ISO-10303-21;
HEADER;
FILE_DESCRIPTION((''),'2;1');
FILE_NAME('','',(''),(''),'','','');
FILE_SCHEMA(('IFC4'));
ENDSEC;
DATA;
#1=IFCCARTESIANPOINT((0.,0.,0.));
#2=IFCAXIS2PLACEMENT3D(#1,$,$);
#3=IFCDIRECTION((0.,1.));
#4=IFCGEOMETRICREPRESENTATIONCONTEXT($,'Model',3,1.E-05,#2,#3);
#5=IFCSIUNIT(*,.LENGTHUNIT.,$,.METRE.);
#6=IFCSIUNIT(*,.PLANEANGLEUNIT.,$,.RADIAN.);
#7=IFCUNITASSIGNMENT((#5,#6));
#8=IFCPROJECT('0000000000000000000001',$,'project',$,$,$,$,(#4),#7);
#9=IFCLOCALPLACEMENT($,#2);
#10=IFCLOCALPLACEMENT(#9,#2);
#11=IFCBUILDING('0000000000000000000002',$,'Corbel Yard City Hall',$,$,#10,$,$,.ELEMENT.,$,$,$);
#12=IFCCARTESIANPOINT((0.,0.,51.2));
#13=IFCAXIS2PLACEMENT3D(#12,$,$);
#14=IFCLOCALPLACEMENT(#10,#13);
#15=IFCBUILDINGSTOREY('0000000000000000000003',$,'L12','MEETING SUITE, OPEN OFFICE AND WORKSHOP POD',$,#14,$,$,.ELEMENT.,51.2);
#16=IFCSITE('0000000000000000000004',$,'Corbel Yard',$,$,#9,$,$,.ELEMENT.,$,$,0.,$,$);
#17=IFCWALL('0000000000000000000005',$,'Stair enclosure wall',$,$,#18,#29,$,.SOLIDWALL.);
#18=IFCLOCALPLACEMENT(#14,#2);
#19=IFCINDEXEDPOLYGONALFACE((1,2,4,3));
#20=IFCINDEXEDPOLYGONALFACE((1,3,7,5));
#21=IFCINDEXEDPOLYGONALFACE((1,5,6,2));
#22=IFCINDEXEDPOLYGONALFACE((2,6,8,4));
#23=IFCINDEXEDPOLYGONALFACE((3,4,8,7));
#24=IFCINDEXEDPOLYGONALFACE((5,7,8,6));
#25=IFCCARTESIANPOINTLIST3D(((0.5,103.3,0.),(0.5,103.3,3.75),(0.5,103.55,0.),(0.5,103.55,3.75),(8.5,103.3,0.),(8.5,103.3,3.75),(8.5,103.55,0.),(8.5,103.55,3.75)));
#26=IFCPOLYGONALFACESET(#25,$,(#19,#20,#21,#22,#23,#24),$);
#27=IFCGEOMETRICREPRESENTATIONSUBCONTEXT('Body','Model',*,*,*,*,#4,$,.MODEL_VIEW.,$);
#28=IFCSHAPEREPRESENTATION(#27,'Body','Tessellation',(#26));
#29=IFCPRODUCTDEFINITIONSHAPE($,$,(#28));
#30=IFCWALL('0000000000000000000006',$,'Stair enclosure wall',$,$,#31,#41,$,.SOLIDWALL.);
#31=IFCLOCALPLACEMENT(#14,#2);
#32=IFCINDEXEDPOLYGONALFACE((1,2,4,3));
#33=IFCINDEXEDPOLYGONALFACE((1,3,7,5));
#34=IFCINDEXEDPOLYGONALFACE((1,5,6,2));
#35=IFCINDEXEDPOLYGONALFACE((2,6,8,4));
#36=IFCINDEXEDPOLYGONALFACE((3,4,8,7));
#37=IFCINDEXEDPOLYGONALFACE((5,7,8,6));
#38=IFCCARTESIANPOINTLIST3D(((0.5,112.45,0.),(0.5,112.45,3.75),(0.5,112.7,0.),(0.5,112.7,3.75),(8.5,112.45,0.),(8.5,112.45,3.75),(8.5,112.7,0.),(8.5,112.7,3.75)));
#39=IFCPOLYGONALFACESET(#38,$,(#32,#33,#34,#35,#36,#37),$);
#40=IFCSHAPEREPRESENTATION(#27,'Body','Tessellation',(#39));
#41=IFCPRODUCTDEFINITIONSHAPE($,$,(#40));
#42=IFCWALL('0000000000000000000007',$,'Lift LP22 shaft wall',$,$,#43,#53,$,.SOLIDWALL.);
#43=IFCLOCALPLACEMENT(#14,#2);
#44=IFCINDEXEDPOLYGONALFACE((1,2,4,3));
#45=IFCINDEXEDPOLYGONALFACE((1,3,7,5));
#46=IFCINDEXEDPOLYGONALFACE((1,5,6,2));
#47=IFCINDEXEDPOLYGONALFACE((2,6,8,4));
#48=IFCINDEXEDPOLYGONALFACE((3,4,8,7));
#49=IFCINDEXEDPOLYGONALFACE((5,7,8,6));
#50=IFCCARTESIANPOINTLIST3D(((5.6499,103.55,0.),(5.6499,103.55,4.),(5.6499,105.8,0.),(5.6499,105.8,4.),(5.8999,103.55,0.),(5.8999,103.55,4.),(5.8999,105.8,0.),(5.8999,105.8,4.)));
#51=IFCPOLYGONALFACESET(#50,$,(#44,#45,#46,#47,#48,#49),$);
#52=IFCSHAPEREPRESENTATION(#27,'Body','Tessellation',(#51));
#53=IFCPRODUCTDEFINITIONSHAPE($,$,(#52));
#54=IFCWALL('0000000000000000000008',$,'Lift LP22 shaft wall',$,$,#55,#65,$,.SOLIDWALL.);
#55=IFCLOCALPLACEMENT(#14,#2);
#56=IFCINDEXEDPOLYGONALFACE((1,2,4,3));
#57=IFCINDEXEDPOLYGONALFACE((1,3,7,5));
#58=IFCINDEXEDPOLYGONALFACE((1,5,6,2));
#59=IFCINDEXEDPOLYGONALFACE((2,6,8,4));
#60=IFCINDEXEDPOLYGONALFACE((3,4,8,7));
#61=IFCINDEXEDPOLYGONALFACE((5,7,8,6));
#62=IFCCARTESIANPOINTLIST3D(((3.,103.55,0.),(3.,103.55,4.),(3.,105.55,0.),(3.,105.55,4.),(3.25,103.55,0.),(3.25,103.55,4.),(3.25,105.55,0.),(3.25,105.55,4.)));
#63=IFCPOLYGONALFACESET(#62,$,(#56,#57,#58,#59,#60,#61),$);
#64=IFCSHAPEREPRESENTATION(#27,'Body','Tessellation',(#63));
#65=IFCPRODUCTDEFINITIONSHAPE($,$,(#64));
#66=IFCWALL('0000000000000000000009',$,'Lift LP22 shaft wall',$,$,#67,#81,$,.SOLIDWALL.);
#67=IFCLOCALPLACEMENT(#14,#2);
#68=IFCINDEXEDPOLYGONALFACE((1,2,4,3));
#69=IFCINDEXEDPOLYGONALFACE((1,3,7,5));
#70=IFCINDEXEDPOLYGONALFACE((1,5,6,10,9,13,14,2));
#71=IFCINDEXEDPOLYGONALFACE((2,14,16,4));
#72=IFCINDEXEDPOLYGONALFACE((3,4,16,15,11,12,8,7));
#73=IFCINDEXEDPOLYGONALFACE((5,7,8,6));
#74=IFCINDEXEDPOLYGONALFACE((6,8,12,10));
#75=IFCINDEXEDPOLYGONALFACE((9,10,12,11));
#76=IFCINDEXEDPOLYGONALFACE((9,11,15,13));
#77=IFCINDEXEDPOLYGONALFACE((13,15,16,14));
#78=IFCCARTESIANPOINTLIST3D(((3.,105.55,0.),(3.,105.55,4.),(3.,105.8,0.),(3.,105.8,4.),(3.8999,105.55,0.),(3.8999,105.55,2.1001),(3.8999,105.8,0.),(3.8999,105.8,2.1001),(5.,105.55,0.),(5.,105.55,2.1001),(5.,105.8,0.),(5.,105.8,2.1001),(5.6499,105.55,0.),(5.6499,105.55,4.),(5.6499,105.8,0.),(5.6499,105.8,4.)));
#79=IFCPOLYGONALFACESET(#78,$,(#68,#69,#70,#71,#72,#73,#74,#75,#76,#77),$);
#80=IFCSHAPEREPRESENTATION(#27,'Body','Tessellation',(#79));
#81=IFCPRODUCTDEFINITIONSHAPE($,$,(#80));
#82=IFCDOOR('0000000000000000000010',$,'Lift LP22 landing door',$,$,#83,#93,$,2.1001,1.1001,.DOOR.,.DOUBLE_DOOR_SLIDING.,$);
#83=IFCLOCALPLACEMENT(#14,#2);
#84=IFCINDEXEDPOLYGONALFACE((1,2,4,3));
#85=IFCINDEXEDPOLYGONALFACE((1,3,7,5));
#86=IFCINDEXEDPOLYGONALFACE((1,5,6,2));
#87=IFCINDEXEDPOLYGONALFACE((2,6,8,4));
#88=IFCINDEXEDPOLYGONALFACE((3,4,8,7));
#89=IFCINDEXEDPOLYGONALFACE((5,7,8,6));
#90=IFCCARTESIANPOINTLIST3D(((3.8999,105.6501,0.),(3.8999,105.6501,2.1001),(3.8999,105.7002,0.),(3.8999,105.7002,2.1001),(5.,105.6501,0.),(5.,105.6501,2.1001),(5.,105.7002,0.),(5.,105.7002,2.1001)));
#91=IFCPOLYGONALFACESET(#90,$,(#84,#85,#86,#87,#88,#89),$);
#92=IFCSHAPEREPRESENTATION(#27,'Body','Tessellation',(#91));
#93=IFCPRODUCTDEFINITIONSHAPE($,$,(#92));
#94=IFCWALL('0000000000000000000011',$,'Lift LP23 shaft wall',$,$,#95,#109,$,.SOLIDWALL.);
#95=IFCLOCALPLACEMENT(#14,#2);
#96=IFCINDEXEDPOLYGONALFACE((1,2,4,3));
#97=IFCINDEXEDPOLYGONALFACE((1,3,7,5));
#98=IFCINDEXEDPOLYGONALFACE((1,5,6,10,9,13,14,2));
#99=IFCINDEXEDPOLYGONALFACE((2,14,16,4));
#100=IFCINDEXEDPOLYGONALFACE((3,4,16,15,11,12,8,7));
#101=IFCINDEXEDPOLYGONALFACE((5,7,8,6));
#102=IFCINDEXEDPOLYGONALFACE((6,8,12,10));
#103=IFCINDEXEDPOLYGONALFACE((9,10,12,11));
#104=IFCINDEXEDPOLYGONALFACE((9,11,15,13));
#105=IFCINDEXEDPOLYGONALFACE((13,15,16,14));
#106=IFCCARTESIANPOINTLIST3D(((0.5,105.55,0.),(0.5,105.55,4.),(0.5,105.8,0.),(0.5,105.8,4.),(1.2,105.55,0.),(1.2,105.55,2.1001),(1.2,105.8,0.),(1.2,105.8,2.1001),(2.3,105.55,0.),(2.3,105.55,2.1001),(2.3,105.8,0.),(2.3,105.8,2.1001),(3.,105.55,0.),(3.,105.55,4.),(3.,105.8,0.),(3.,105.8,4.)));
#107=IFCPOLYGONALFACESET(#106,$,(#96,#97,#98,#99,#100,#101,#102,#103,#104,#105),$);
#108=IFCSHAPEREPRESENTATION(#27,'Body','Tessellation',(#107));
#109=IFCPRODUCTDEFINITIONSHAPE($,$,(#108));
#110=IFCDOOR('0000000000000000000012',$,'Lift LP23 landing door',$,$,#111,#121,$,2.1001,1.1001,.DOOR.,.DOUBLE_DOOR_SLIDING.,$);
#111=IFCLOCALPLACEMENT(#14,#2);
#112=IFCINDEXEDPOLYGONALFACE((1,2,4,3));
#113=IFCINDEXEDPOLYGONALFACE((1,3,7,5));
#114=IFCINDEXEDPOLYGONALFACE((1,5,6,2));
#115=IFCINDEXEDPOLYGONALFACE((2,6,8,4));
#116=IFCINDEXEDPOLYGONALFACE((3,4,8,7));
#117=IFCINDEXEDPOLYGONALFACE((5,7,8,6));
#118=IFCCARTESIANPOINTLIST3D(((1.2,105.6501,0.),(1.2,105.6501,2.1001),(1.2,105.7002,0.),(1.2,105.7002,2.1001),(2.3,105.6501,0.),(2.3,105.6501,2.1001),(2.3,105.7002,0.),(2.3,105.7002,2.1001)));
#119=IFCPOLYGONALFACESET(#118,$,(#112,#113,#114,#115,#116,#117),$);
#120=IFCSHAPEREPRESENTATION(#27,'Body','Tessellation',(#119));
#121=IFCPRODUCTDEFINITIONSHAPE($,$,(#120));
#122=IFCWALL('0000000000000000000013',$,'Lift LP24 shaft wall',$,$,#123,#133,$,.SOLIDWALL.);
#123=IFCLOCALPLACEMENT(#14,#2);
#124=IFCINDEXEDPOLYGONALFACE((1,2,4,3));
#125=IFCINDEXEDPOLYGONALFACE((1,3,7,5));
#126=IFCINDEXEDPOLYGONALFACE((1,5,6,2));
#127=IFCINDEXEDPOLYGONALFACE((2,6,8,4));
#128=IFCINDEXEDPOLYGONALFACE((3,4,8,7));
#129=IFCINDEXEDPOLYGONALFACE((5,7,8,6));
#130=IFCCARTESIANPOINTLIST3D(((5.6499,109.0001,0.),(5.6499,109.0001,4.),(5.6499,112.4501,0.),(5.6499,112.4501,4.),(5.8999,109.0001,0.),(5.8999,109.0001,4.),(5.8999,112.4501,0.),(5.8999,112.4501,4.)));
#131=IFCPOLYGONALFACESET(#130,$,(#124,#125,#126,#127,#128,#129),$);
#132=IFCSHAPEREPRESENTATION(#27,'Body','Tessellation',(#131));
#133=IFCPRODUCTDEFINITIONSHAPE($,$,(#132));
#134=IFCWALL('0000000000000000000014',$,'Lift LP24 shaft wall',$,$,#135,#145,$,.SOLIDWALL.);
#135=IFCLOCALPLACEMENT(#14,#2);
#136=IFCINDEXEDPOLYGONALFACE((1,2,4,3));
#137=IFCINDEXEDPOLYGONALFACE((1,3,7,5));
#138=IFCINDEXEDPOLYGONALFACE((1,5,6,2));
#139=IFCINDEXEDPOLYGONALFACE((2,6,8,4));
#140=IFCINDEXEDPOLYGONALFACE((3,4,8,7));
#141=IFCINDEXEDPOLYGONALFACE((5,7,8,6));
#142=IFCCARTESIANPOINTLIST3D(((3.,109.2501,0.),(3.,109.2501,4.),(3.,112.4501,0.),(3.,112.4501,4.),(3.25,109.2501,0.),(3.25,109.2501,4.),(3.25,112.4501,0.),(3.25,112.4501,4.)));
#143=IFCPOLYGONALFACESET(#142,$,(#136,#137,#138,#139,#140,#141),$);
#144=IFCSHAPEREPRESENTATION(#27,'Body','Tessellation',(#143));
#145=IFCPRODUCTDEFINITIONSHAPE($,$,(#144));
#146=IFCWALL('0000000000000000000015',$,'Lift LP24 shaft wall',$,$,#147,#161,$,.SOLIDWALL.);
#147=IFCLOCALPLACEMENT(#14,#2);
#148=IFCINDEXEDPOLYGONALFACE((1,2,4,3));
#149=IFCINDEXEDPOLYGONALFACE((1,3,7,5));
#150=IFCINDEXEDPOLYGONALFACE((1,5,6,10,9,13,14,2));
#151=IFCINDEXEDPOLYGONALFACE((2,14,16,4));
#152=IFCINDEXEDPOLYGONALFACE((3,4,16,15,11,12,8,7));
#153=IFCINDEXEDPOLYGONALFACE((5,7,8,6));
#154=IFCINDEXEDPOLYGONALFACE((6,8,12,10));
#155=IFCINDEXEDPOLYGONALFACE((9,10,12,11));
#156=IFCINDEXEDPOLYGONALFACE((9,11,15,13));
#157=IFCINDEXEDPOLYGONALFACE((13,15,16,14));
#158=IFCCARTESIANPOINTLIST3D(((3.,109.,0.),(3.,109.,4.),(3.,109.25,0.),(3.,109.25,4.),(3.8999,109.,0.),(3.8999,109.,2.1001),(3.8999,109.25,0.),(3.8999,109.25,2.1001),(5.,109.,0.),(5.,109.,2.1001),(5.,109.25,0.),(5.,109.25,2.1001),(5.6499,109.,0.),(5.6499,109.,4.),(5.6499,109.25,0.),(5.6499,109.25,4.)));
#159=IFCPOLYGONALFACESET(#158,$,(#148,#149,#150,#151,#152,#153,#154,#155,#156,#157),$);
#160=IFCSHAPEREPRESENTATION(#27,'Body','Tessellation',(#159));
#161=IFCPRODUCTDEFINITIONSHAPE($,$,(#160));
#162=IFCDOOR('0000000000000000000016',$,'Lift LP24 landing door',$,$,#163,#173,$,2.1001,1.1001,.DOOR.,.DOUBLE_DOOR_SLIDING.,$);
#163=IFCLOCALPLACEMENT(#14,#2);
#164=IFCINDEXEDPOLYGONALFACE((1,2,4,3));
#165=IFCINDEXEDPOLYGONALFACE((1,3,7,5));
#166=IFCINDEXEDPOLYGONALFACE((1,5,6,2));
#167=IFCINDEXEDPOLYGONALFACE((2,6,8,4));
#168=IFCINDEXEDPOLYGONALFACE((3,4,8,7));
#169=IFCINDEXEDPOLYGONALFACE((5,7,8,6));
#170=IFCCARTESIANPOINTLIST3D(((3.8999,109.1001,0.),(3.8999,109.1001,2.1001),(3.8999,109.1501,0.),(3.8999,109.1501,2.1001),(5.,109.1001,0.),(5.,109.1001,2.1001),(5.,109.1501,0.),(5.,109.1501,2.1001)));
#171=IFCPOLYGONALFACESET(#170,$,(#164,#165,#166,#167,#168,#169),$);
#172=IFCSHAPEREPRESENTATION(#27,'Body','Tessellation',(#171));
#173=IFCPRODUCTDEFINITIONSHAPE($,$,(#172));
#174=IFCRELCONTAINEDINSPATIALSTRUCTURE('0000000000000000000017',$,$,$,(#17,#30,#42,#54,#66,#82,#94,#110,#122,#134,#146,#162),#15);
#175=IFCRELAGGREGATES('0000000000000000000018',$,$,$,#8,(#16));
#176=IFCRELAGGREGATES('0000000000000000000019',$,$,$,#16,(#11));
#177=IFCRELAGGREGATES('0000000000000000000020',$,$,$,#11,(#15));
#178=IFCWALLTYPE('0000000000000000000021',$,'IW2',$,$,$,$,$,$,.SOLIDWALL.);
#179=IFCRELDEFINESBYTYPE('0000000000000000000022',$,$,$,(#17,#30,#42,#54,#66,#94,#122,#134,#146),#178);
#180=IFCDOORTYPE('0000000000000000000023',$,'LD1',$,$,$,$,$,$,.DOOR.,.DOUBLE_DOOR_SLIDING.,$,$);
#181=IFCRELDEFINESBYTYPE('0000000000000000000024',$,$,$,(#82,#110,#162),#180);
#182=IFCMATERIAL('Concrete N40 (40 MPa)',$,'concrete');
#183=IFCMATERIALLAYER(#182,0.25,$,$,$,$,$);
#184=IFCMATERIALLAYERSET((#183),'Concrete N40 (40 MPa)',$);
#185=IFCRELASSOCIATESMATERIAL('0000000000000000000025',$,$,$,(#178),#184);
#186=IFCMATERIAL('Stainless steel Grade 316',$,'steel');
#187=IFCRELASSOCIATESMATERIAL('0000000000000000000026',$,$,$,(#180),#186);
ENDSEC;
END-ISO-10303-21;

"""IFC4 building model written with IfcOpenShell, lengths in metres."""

from ifc_helpers import new_model, si_unit, direction, frame, frame_2d, origin, place, context, subcontext, project, spatial, rectangle, extrude, material, layer, layer_set, type_object, element, fill, save


model = new_model("IFC4")

# Units and contexts
model_context = context("Model", 3, precision=1e-05, world=origin(), true_north=direction((0.0, 1.0)))
body_context = subcontext(model_context, "Body", "Model", "MODEL_VIEW")
ifc_project = project(units=[si_unit("LENGTHUNIT", "METRE"), si_unit("PLANEANGLEUNIT", "RADIAN")], contexts=[model_context])

# Site, building, storey
site_placement = place(None, origin())
site = spatial("IfcSite", under=ifc_project, at=site_placement, Name="Corbel Yard", CompositionType="ELEMENT", RefElevation=0.0)
building_placement = place(site_placement, origin())
building = spatial("IfcBuilding", under=site, at=building_placement, Name="Corbel Yard City Hall", CompositionType="ELEMENT")
storey_placement = place(building_placement, frame((0.0, 0.0, 51.2)))
storey = spatial("IfcBuildingStorey", under=building, at=storey_placement, Name="L12", Description="MEETING SUITE, OPEN OFFICE AND WORKSHOP POD", CompositionType="ELEMENT", Elevation=51.2)

# Walls
ifc_material_1 = material(Name="Concrete N40 (40 MPa)", Category="concrete")
ifc_layer_1 = layer(ifc_material_1, 0.25)
ifc_layer_set_1 = layer_set([ifc_layer_1], Name="Concrete N40 (40 MPa)")
wall_type_1 = type_object("IfcWallType", Name="IW2", PredefinedType="SOLIDWALL", material=ifc_layer_set_1)
for number, where, z_axis, x_axis, name in (
    (1, (8.5, 103.425, 0.0), (0.0, 0.0, 1.0), (-1.0, 0.0, 0.0), "Stair enclosure wall"),
    (2, (8.5, 112.575, 0.0), (0.0, 0.0, 1.0), (-1.0, 0.0, 0.0), "Stair enclosure wall"),
):
    element("IfcWall", number, at=place(storey_placement, frame(where, z_axis=z_axis, x_axis=x_axis)), inside=storey, type_object=wall_type_1, Name=name, PredefinedType="SOLIDWALL", context=body_context, shape_type="SweptSolid", body=[
        extrude(rectangle(XDim=8.0, YDim=0.25, at=frame_2d((4.0, 0.0))), origin(), (0.0, 0.0, 1.0), 3.75),
    ])
wall_1_placement = place(storey_placement, frame((5.7749, 103.55, 0.0), z_axis=(0.0, 0.0, 1.0), x_axis=(0.0, 1.0, 0.0)))
element("IfcWall", 3, at=wall_1_placement, inside=storey, type_object=wall_type_1, Name="Lift LP22 shaft wall", PredefinedType="SOLIDWALL", context=body_context, shape_type="SweptSolid", body=[
    extrude(rectangle(XDim=2.25, YDim=0.25, at=frame_2d((1.125, 0.0))), origin(), (0.0, 0.0, 1.0), 4.0),
])
wall_2_placement = place(storey_placement, frame((3.125, 103.55, 0.0), z_axis=(0.0, 0.0, 1.0), x_axis=(0.0, 1.0, 0.0)))
element("IfcWall", 4, at=wall_2_placement, inside=storey, type_object=wall_type_1, Name="Lift LP22 shaft wall", PredefinedType="SOLIDWALL", context=body_context, shape_type="SweptSolid", body=[
    extrude(rectangle(XDim=2.0, YDim=0.25, at=frame_2d((1.0, 0.0))), origin(), (0.0, 0.0, 1.0), 4.0),
])

# Walls, openings, doors
wall_3_placement = place(storey_placement, frame((5.6499, 105.675, 0.0), z_axis=(0.0, 0.0, 1.0), x_axis=(-1.0, 0.0, 0.0)))
wall_3 = element("IfcWall", 5, at=wall_3_placement, inside=storey, type_object=wall_type_1, Name="Lift LP22 shaft wall", PredefinedType="SOLIDWALL", context=body_context, shape_type="SweptSolid", body=[
    extrude(rectangle(XDim=2.6499, YDim=0.25, at=frame_2d((1.325, 0.0))), origin(), (0.0, 0.0, 1.0), 4.0),
])
opening_1_placement = place(wall_3_placement, frame((0.6499, 0.0, 0.0)))
opening_1 = element("IfcOpeningElement", 6, at=opening_1_placement, cuts=wall_3, PredefinedType="OPENING", context=body_context, shape_type="SweptSolid", body=[
    extrude(rectangle(XDim=1.1001, YDim=2.1001, at=frame_2d((0.55, 1.05))), frame((0.0, 0.135, 0.0), z_axis=(0.0, -1.0, 0.0), x_axis=(1.0, 0.0, 0.0)), (0.0, 0.0, 1.0), 0.27),
])
ifc_material_2 = material(Name="Stainless steel Grade 316", Category="steel")
door_type_1 = type_object("IfcDoorType", Name="LD1", OperationType="DOUBLE_DOOR_SLIDING", PredefinedType="DOOR", material=ifc_material_2)
door_1_placement = place(opening_1_placement, origin())
door_1 = element("IfcDoor", 7, at=door_1_placement, inside=storey, type_object=door_type_1, Name="Lift LP22 landing door", OperationType="DOUBLE_DOOR_SLIDING", OverallHeight=2.1001, OverallWidth=1.1001, PredefinedType="DOOR", context=body_context, shape_type="SweptSolid", body=[
    extrude(rectangle(XDim=1.1001, YDim=2.1001, at=frame_2d((0.55, 1.05))), frame((0.0, 0.0249, 0.0), z_axis=(0.0, -1.0, 0.0), x_axis=(1.0, 0.0, 0.0)), (0.0, 0.0, 1.0), 0.05),
])
fill(opening_1, door_1)
wall_4_placement = place(storey_placement, frame((3.0, 105.675, 0.0), z_axis=(0.0, 0.0, 1.0), x_axis=(-1.0, 0.0, 0.0)))
wall_4 = element("IfcWall", 8, at=wall_4_placement, inside=storey, type_object=wall_type_1, Name="Lift LP23 shaft wall", PredefinedType="SOLIDWALL", context=body_context, shape_type="SweptSolid", body=[
    extrude(rectangle(XDim=2.5, YDim=0.25, at=frame_2d((1.25, 0.0))), origin(), (0.0, 0.0, 1.0), 4.0),
])
opening_2_placement = place(wall_4_placement, frame((0.7, 0.0, 0.0)))
opening_2 = element("IfcOpeningElement", 9, at=opening_2_placement, cuts=wall_4, PredefinedType="OPENING", context=body_context, shape_type="SweptSolid", body=[
    extrude(rectangle(XDim=1.1001, YDim=2.1001, at=frame_2d((0.55, 1.05))), frame((0.0, 0.135, 0.0), z_axis=(0.0, -1.0, 0.0), x_axis=(1.0, 0.0, 0.0)), (0.0, 0.0, 1.0), 0.27),
])
door_2_placement = place(opening_2_placement, origin())
door_2 = element("IfcDoor", 10, at=door_2_placement, inside=storey, type_object=door_type_1, Name="Lift LP23 landing door", OperationType="DOUBLE_DOOR_SLIDING", OverallHeight=2.1001, OverallWidth=1.1001, PredefinedType="DOOR", context=body_context, shape_type="SweptSolid", body=[
    extrude(rectangle(XDim=1.1001, YDim=2.1001, at=frame_2d((0.55, 1.05))), frame((0.0, 0.0249, 0.0), z_axis=(0.0, -1.0, 0.0), x_axis=(1.0, 0.0, 0.0)), (0.0, 0.0, 1.0), 0.05),
])
fill(opening_2, door_2)

# Walls
wall_5_placement = place(storey_placement, frame((5.7749, 109.0, 0.0), z_axis=(0.0, 0.0, 1.0), x_axis=(0.0, 1.0, 0.0)))
element("IfcWall", 11, at=wall_5_placement, inside=storey, type_object=wall_type_1, Name="Lift LP24 shaft wall", PredefinedType="SOLIDWALL", context=body_context, shape_type="SweptSolid", body=[
    extrude(rectangle(XDim=3.45, YDim=0.25, at=frame_2d((1.7251, 0.0))), origin(), (0.0, 0.0, 1.0), 4.0),
])
wall_6_placement = place(storey_placement, frame((3.125, 109.25, 0.0), z_axis=(0.0, 0.0, 1.0), x_axis=(0.0, 1.0, 0.0)))
element("IfcWall", 12, at=wall_6_placement, inside=storey, type_object=wall_type_1, Name="Lift LP24 shaft wall", PredefinedType="SOLIDWALL", context=body_context, shape_type="SweptSolid", body=[
    extrude(rectangle(XDim=3.2, YDim=0.25, at=frame_2d((1.6001, 0.0))), origin(), (0.0, 0.0, 1.0), 4.0),
])

# Wall, opening, door
wall_7_placement = place(storey_placement, frame((5.6499, 109.125, 0.0), z_axis=(0.0, 0.0, 1.0), x_axis=(-1.0, 0.0, 0.0)))
wall_7 = element("IfcWall", 13, at=wall_7_placement, inside=storey, type_object=wall_type_1, Name="Lift LP24 shaft wall", PredefinedType="SOLIDWALL", context=body_context, shape_type="SweptSolid", body=[
    extrude(rectangle(XDim=2.6499, YDim=0.25, at=frame_2d((1.325, 0.0))), origin(), (0.0, 0.0, 1.0), 4.0),
])
opening_3_placement = place(wall_7_placement, frame((0.6499, 0.0, 0.0)))
opening_3 = element("IfcOpeningElement", 14, at=opening_3_placement, cuts=wall_7, PredefinedType="OPENING", context=body_context, shape_type="SweptSolid", body=[
    extrude(rectangle(XDim=1.1001, YDim=2.1001, at=frame_2d((0.55, 1.05))), frame((0.0, 0.135, 0.0), z_axis=(0.0, -1.0, 0.0), x_axis=(1.0, 0.0, 0.0)), (0.0, 0.0, 1.0), 0.27),
])
door_3_placement = place(opening_3_placement, origin())
door_3 = element("IfcDoor", 15, at=door_3_placement, inside=storey, type_object=door_type_1, Name="Lift LP24 landing door", OperationType="DOUBLE_DOOR_SLIDING", OverallHeight=2.1001, OverallWidth=1.1001, PredefinedType="DOOR", context=body_context, shape_type="SweptSolid", body=[
    extrude(rectangle(XDim=1.1001, YDim=2.1001, at=frame_2d((0.55, 1.05))), frame((0.0, 0.0249, 0.0), z_axis=(0.0, -1.0, 0.0), x_axis=(1.0, 0.0, 0.0)), (0.0, 0.0, 1.0), 0.05),
])
fill(opening_3, door_3)

save(model, "model.ifc")
